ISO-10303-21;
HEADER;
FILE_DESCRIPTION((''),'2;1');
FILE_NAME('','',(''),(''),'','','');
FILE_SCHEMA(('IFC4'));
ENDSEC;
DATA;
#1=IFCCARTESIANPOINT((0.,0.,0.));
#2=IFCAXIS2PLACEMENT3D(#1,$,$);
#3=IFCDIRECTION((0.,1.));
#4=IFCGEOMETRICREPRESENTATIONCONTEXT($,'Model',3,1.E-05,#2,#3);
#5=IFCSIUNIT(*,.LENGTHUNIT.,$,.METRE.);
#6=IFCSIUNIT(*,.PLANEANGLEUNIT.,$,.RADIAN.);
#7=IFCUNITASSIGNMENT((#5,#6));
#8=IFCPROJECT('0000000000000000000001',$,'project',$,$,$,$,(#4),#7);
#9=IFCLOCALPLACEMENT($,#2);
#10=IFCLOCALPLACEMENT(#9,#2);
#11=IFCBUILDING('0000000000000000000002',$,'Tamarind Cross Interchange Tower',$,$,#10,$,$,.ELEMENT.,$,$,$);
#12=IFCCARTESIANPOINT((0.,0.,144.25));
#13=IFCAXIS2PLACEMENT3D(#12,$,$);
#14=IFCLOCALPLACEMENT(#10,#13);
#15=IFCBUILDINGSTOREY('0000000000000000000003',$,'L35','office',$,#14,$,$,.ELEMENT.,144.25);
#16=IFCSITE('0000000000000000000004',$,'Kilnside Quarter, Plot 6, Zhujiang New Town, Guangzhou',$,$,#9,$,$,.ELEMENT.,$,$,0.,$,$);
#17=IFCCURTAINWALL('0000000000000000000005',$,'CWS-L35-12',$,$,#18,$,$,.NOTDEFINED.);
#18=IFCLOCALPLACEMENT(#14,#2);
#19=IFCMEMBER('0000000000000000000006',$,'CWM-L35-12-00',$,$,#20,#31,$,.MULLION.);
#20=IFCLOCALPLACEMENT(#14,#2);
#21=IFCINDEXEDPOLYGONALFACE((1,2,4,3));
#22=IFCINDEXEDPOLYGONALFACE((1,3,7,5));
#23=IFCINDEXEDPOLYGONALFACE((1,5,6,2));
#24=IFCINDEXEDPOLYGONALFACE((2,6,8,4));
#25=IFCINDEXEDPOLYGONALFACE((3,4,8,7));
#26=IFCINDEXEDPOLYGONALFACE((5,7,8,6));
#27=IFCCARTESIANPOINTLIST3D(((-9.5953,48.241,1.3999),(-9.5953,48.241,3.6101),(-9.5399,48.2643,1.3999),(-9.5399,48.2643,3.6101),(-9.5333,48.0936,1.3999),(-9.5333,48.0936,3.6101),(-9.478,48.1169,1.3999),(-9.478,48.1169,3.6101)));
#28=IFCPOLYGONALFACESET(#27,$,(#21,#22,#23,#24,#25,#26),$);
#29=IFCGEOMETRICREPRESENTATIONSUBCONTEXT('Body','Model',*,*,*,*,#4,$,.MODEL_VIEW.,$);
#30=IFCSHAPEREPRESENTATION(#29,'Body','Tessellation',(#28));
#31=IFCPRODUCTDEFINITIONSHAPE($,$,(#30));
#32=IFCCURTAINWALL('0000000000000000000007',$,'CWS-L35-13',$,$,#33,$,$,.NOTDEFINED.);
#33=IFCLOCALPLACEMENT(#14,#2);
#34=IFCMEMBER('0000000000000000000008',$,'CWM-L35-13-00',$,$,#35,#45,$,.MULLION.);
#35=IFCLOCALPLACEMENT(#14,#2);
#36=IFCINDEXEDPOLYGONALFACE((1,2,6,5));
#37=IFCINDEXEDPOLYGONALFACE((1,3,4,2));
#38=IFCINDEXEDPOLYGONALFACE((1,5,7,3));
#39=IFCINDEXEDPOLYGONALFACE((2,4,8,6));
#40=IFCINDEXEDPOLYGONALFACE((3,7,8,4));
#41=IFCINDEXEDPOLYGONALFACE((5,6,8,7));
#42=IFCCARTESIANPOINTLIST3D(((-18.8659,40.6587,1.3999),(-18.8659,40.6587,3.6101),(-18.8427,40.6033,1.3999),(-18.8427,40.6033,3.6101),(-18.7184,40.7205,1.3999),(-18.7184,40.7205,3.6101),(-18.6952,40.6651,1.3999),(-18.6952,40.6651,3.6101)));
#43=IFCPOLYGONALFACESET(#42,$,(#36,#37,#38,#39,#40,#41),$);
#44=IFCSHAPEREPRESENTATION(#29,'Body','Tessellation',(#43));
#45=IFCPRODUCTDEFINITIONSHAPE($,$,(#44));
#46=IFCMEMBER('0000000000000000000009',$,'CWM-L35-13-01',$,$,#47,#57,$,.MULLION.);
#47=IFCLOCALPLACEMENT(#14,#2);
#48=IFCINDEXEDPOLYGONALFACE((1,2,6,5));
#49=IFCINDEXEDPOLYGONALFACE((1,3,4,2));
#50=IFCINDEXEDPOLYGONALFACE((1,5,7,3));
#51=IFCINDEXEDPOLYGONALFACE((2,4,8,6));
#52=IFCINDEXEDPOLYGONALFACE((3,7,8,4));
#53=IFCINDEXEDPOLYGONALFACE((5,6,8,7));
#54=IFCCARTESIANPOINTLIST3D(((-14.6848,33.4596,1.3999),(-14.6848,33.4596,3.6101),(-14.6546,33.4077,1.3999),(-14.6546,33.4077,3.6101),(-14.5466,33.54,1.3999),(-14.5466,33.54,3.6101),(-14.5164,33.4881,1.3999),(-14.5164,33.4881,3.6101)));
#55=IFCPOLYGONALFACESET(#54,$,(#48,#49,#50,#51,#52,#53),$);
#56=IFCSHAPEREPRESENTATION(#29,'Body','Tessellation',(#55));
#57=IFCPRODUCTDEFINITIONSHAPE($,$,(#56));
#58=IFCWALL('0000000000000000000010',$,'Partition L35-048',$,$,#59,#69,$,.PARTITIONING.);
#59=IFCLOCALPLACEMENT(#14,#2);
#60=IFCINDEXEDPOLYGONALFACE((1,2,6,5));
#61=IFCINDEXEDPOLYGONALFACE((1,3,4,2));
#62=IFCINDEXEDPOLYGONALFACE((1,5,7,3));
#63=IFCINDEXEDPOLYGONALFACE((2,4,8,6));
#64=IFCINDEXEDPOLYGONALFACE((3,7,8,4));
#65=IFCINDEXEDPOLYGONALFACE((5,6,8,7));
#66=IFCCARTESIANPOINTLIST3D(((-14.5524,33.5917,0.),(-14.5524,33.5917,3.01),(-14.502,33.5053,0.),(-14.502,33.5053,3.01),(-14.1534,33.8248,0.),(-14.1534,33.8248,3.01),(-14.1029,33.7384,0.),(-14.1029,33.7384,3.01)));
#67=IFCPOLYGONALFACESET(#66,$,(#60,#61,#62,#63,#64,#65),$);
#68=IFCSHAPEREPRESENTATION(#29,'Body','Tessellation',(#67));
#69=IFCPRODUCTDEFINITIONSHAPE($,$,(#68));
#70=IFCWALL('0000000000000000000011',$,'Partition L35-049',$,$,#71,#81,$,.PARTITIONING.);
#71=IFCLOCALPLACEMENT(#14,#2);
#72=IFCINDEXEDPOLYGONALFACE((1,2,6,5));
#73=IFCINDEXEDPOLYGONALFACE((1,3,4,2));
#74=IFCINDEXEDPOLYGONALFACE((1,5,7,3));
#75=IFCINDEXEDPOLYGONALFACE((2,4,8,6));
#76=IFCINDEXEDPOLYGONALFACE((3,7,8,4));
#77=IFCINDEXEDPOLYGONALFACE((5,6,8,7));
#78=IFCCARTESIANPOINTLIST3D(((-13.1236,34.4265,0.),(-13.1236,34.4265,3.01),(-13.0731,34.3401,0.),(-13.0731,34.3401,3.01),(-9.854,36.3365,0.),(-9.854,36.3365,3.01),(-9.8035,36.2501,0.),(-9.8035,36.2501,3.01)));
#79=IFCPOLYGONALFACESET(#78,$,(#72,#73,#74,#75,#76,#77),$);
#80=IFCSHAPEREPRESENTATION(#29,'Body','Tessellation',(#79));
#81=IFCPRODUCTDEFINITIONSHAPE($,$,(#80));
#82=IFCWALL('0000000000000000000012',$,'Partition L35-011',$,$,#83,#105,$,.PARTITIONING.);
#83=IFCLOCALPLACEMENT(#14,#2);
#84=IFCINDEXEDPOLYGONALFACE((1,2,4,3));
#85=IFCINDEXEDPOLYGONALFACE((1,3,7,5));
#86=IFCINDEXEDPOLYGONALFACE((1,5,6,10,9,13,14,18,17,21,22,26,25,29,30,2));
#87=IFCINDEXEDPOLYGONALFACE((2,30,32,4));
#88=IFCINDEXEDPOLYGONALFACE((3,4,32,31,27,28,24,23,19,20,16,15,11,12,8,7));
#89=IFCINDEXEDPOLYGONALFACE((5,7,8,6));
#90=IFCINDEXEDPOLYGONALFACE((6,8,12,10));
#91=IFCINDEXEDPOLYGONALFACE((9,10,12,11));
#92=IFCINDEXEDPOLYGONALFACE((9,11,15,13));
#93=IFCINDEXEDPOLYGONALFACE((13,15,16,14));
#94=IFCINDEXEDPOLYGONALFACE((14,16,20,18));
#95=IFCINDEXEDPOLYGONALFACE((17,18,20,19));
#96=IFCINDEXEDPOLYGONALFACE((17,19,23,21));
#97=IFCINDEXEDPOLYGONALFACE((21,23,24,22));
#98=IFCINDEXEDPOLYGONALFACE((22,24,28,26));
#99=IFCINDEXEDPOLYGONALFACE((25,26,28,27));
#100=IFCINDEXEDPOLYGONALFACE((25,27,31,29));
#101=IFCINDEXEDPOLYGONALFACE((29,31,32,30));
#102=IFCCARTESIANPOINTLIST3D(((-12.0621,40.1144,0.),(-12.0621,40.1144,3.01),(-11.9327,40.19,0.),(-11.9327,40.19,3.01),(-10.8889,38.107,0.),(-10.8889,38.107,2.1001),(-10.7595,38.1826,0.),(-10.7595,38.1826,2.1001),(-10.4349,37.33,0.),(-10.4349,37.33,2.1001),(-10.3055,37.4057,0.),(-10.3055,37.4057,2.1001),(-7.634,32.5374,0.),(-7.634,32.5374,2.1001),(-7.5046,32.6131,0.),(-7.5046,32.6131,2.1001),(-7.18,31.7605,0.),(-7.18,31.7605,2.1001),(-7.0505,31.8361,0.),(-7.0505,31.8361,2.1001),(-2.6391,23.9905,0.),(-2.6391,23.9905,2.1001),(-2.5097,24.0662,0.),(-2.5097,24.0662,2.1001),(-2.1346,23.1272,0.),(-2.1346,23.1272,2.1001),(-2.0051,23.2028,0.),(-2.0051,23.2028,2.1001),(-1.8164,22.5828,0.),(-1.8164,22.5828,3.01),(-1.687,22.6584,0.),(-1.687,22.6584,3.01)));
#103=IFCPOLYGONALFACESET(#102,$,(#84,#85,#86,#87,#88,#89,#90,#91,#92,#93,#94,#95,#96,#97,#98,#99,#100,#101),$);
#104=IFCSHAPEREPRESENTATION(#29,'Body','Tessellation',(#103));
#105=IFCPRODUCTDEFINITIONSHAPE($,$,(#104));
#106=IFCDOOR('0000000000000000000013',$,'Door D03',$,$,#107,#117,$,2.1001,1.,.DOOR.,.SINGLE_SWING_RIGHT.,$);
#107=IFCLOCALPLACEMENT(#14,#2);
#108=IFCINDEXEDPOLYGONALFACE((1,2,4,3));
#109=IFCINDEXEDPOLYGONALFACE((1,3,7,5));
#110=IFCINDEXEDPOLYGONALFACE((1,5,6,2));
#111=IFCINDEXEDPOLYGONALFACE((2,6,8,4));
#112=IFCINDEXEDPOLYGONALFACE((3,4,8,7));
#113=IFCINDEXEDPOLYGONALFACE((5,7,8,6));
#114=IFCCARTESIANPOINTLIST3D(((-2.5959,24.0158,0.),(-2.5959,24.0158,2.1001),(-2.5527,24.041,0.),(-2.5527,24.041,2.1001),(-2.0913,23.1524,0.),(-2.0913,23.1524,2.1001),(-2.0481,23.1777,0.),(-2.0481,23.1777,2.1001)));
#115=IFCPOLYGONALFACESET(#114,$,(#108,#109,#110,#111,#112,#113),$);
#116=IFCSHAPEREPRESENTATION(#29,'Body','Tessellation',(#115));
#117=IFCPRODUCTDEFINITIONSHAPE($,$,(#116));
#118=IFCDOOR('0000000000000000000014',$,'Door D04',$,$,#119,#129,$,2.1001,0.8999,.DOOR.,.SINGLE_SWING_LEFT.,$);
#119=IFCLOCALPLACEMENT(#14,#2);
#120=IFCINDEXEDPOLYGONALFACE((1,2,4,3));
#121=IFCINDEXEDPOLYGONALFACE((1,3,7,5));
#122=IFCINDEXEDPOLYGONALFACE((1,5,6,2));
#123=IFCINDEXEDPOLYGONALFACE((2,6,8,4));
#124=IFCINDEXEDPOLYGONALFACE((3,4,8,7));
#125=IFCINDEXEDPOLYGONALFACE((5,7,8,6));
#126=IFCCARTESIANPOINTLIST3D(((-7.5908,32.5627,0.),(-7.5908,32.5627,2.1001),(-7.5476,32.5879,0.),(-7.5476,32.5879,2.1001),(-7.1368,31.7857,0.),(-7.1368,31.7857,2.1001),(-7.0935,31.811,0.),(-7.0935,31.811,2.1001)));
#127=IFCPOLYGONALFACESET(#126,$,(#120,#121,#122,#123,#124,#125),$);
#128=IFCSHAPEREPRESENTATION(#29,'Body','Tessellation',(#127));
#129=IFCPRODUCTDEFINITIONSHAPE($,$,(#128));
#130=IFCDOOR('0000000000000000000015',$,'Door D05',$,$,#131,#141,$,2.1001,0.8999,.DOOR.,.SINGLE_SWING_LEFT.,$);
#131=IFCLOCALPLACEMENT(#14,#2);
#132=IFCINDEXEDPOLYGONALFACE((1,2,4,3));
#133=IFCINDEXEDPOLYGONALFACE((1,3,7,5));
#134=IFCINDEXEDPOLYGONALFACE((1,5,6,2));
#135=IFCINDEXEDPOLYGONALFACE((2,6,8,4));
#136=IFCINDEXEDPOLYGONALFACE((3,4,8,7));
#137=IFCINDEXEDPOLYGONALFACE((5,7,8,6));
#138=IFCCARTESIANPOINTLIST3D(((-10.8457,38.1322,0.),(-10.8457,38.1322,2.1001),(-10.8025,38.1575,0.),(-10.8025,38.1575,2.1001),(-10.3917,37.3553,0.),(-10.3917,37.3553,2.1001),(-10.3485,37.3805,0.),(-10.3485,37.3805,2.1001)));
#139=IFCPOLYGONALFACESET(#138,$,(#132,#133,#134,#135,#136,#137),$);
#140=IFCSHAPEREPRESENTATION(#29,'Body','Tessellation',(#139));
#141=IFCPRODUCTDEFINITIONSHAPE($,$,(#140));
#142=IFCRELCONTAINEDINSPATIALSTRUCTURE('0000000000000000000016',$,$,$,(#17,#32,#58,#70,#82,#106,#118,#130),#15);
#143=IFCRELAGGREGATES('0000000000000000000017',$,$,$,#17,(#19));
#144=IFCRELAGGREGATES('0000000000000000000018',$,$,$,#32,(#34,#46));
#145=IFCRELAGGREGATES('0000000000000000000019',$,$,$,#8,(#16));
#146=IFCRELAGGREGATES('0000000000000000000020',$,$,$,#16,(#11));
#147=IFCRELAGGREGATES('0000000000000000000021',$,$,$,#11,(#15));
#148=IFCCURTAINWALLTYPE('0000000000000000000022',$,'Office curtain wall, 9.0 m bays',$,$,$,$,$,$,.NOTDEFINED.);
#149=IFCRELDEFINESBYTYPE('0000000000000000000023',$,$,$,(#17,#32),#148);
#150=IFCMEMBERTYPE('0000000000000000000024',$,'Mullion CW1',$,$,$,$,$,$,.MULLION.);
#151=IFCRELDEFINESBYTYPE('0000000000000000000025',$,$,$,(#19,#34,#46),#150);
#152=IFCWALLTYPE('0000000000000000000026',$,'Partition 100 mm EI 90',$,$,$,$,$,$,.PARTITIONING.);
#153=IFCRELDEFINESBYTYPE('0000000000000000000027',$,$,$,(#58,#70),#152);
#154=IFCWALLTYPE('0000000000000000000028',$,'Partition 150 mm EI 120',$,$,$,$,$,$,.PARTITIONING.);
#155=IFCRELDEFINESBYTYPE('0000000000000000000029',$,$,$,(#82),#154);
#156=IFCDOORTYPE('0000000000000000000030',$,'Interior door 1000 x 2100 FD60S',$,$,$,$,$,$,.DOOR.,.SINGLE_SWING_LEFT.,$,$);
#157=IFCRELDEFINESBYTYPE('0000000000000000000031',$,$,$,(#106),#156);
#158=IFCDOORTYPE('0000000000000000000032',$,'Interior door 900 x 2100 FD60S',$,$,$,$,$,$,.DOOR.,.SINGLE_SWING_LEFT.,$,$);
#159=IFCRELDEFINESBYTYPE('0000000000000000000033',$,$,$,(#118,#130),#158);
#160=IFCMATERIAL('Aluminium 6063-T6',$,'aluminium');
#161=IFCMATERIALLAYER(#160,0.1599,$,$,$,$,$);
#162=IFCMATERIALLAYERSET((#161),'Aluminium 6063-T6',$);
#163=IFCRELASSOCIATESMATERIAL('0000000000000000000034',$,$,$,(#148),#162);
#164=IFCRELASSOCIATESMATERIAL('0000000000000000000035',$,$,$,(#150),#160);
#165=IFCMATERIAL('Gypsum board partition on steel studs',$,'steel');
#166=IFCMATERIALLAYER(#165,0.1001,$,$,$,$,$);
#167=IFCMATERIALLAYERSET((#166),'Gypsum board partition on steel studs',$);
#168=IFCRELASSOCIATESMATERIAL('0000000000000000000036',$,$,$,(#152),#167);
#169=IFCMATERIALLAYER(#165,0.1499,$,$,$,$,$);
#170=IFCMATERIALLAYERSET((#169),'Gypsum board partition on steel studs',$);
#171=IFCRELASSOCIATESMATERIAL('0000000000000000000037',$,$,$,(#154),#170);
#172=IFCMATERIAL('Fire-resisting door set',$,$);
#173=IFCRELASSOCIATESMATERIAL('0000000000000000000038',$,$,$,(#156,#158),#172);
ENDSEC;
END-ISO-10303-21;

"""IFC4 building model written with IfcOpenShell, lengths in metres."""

from ifc_helpers import new_model, si_unit, direction, frame, frame_2d, origin, origin_2d, place, context, subcontext, project, spatial, rectangle, extrude, material, layer, layer_set, material_profile, profile_set, type_object, element, fill, aggregate, save


model = new_model("IFC4")

# Units and contexts
model_context = context("Model", 3, precision=1e-05, world=origin(), true_north=direction((0.0, 1.0)))
body_context = subcontext(model_context, "Body", "Model", "MODEL_VIEW")
ifc_project = project(units=[si_unit("LENGTHUNIT", "METRE"), si_unit("PLANEANGLEUNIT", "RADIAN")], contexts=[model_context])

# Site, building, storey
site_placement = place(None, origin())
site = spatial("IfcSite", under=ifc_project, at=site_placement, Name="Kilnside Quarter, Plot 6, Zhujiang New Town, Guangzhou", CompositionType="ELEMENT", RefElevation=0.0)
building_placement = place(site_placement, origin())
building = spatial("IfcBuilding", under=site, at=building_placement, Name="Tamarind Cross Interchange Tower", CompositionType="ELEMENT")
storey_placement = place(building_placement, frame((0.0, 0.0, 144.25)))
storey = spatial("IfcBuildingStorey", under=building, at=storey_placement, Name="L35", Description="office", CompositionType="ELEMENT", Elevation=144.25)

# Curtain wall, member
ifc_material_1 = material(Name="Aluminium 6063-T6", Category="aluminium")
ifc_layer_1 = layer(ifc_material_1, 0.1599)
ifc_layer_set_1 = layer_set([ifc_layer_1], Name="Aluminium 6063-T6")
curtain_wall_type = type_object("IfcCurtainWallType", Name="Office curtain wall, 9.0 m bays", PredefinedType="NOTDEFINED", material=ifc_layer_set_1)
curtain_wall_1_placement = place(storey_placement, origin())
curtain_wall_1 = element("IfcCurtainWall", 1, at=curtain_wall_1_placement, inside=storey, type_object=curtain_wall_type, Name="CWS-L35-12", PredefinedType="NOTDEFINED")
ifc_material_profile_1 = material_profile(ifc_material_1, rectangle(XDim=0.0601, YDim=0.1599, at=origin_2d()), Name="Mullion CW1")
ifc_profile_set_1 = profile_set([ifc_material_profile_1], Name="Aluminium 6063-T6")
member_type = type_object("IfcMemberType", Name="Mullion CW1", PredefinedType="MULLION", material=ifc_profile_set_1)
member_1_placement = place(storey_placement, frame((-9.5366, 48.179, 1.3999), z_axis=(0.0, 0.0, 1.0), x_axis=(-0.921869, -0.387503, 0.0)))
member_1 = element("IfcMember", 2, at=member_1_placement, type_object=member_type, Name="CWM-L35-12-00", PredefinedType="MULLION", context=body_context, shape_type="SweptSolid", body=[
    extrude(rectangle(XDim=0.0601, YDim=0.1599, at=origin_2d()), origin(), (0.0, 0.0, 1.0), 2.2102),
])
aggregate(curtain_wall_1, [member_1])

# Curtain wall, members
curtain_wall_2_placement = place(storey_placement, origin())
curtain_wall_2 = element("IfcCurtainWall", 3, at=curtain_wall_2_placement, inside=storey, type_object=curtain_wall_type, Name="CWS-L35-13", PredefinedType="NOTDEFINED")
member_2_placement = place(storey_placement, frame((-18.7805, 40.6619, 1.3999), z_axis=(0.0, 0.0, 1.0), x_axis=(0.386538, -0.922273, 0.0)))
member_2 = element("IfcMember", 4, at=member_2_placement, type_object=member_type, Name="CWM-L35-13-00", PredefinedType="MULLION", context=body_context, shape_type="SweptSolid", body=[
    extrude(rectangle(XDim=0.0601, YDim=0.1599, at=origin_2d()), origin(), (0.0, 0.0, 1.0), 2.2102),
])
member_3_placement = place(storey_placement, frame((-14.6006, 33.4739, 1.3999), z_axis=(0.0, 0.0, 1.0), x_axis=(0.502708, -0.864456, 0.0)))
member_3 = element("IfcMember", 5, at=member_3_placement, type_object=member_type, Name="CWM-L35-13-01", PredefinedType="MULLION", context=body_context, shape_type="SweptSolid", body=[
    extrude(rectangle(XDim=0.0601, YDim=0.1599, at=origin_2d()), origin(), (0.0, 0.0, 1.0), 2.2102),
])
aggregate(curtain_wall_2, [member_2, member_3])

# Walls
ifc_material_2 = material(Name="Gypsum board partition on steel studs", Category="steel")
ifc_layer_2 = layer(ifc_material_2, 0.1001)
ifc_layer_set_2 = layer_set([ifc_layer_2], Name="Gypsum board partition on steel studs")
wall_type_1 = type_object("IfcWallType", Name="Partition 100 mm EI 90", PredefinedType="PARTITIONING", material=ifc_layer_set_2)
wall_1_placement = place(storey_placement, frame((-14.5271, 33.5486, 0.0), z_axis=(0.0, 0.0, 1.0), x_axis=(0.863491, 0.504363, 0.0)))
element("IfcWall", 6, at=wall_1_placement, inside=storey, type_object=wall_type_1, Name="Partition L35-048", PredefinedType="PARTITIONING", context=body_context, shape_type="SweptSolid", body=[
    extrude(rectangle(XDim=0.4622, YDim=0.1001, at=frame_2d((0.231, 0.0))), origin(), (0.0, 0.0, 1.0), 3.01),
])
wall_2_placement = place(storey_placement, frame((-13.0984, 34.3833, 0.0), z_axis=(0.0, 0.0, 1.0), x_axis=(0.86347, 0.5044, 0.0)))
element("IfcWall", 7, at=wall_2_placement, inside=storey, type_object=wall_type_1, Name="Partition L35-049", PredefinedType="PARTITIONING", context=body_context, shape_type="SweptSolid", body=[
    extrude(rectangle(XDim=3.7866, YDim=0.1001, at=frame_2d((1.8933, 0.0))), origin(), (0.0, 0.0, 1.0), 3.01),
])

# Wall, openings, doors
ifc_layer_3 = layer(ifc_material_2, 0.1499)
ifc_layer_set_3 = layer_set([ifc_layer_3], Name="Gypsum board partition on steel studs")
wall_type_2 = type_object("IfcWallType", Name="Partition 150 mm EI 120", PredefinedType="PARTITIONING", material=ifc_layer_set_3)
wall_3_placement = place(storey_placement, frame((-11.9973, 40.1521, 0.0), z_axis=(0.0, 0.0, 1.0), x_axis=(0.504565, -0.863374, 0.0)))
wall_3 = element("IfcWall", 8, at=wall_3_placement, inside=storey, type_object=wall_type_2, Name="Partition L35-011", PredefinedType="PARTITIONING", context=body_context, shape_type="SweptSolid", body=[
    extrude(rectangle(XDim=20.3059, YDim=0.1499, at=frame_2d((10.1528, 0.0))), origin(), (0.0, 0.0, 1.0), 3.01),
])
opening_1_placement = place(wall_3_placement, frame((18.6753, 0.0, 0.0)))
opening_1 = element("IfcOpeningElement", 9, at=opening_1_placement, cuts=wall_3, PredefinedType="OPENING", context=body_context, shape_type="SweptSolid", body=[
    extrude(rectangle(XDim=1.0, YDim=2.1001, at=frame_2d((0.5, 1.05))), frame((0.0, 0.085, 0.0), z_axis=(0.0, -1.0, 0.0), x_axis=(1.0, 0.0, 0.0)), (0.0, 0.0, 1.0), 0.1699),
])
opening_2_placement = place(wall_3_placement, frame((8.7759, 0.0, 0.0)))
opening_2 = element("IfcOpeningElement", 10, at=opening_2_placement, cuts=wall_3, PredefinedType="OPENING", context=body_context, shape_type="SweptSolid", body=[
    extrude(rectangle(XDim=0.8999, YDim=2.1001, at=frame_2d((0.45, 1.05))), frame((0.0, 0.085, 0.0), z_axis=(0.0, -1.0, 0.0), x_axis=(1.0, 0.0, 0.0)), (0.0, 0.0, 1.0), 0.1699),
])
opening_3_placement = place(wall_3_placement, frame((2.325, 0.0, 0.0)))
opening_3 = element("IfcOpeningElement", 11, at=opening_3_placement, cuts=wall_3, PredefinedType="OPENING", context=body_context, shape_type="SweptSolid", body=[
    extrude(rectangle(XDim=0.8999, YDim=2.1001, at=frame_2d((0.45, 1.05))), frame((0.0, 0.085, 0.0), z_axis=(0.0, -1.0, 0.0), x_axis=(1.0, 0.0, 0.0)), (0.0, 0.0, 1.0), 0.1699),
])
ifc_material_3 = material(Name="Fire-resisting door set")
door_type_1 = type_object("IfcDoorType", Name="Interior door 1000 x 2100 FD60S", OperationType="SINGLE_SWING_LEFT", PredefinedType="DOOR", material=ifc_material_3)
door_1_placement = place(opening_1_placement, frame((1.0, 0.0, 0.0), z_axis=(0.0, 0.0, 1.0), x_axis=(-1.0, 0.0, 0.0)))
door_1 = element("IfcDoor", 12, at=door_1_placement, inside=storey, type_object=door_type_1, Name="Door D03", OperationType="SINGLE_SWING_RIGHT", OverallHeight=2.1001, OverallWidth=1.0, PredefinedType="DOOR", context=body_context, shape_type="SweptSolid", body=[
    extrude(rectangle(XDim=1.0, YDim=2.1001, at=frame_2d((0.5, 1.05))), frame((0.0, 0.0249, 0.0), z_axis=(0.0, -1.0, 0.0), x_axis=(1.0, 0.0, 0.0)), (0.0, 0.0, 1.0), 0.05),
])
fill(opening_1, door_1)
door_type_2 = type_object("IfcDoorType", Name="Interior door 900 x 2100 FD60S", OperationType="SINGLE_SWING_LEFT", PredefinedType="DOOR", material=ifc_material_3)
door_2_placement = place(opening_2_placement, frame((0.8999, 0.0, 0.0), z_axis=(0.0, 0.0, 1.0), x_axis=(-1.0, 0.0, 0.0)))
door_2 = element("IfcDoor", 13, at=door_2_placement, inside=storey, type_object=door_type_2, Name="Door D04", OperationType="SINGLE_SWING_LEFT", OverallHeight=2.1001, OverallWidth=0.8999, PredefinedType="DOOR", context=body_context, shape_type="SweptSolid", body=[
    extrude(rectangle(XDim=0.8999, YDim=2.1001, at=frame_2d((0.45, 1.05))), frame((0.0, 0.0249, 0.0), z_axis=(0.0, -1.0, 0.0), x_axis=(1.0, 0.0, 0.0)), (0.0, 0.0, 1.0), 0.05),
])
fill(opening_2, door_2)
door_3_placement = place(opening_3_placement, frame((0.8999, 0.0, 0.0), z_axis=(0.0, 0.0, 1.0), x_axis=(-1.0, 0.0, 0.0)))
door_3 = element("IfcDoor", 14, at=door_3_placement, inside=storey, type_object=door_type_2, Name="Door D05", OperationType="SINGLE_SWING_LEFT", OverallHeight=2.1001, OverallWidth=0.8999, PredefinedType="DOOR", context=body_context, shape_type="SweptSolid", body=[
    extrude(rectangle(XDim=0.8999, YDim=2.1001, at=frame_2d((0.45, 1.05))), frame((0.0, 0.0249, 0.0), z_axis=(0.0, -1.0, 0.0), x_axis=(1.0, 0.0, 0.0)), (0.0, 0.0, 1.0), 0.05),
])
fill(opening_3, door_3)

save(model, "model.ifc")
